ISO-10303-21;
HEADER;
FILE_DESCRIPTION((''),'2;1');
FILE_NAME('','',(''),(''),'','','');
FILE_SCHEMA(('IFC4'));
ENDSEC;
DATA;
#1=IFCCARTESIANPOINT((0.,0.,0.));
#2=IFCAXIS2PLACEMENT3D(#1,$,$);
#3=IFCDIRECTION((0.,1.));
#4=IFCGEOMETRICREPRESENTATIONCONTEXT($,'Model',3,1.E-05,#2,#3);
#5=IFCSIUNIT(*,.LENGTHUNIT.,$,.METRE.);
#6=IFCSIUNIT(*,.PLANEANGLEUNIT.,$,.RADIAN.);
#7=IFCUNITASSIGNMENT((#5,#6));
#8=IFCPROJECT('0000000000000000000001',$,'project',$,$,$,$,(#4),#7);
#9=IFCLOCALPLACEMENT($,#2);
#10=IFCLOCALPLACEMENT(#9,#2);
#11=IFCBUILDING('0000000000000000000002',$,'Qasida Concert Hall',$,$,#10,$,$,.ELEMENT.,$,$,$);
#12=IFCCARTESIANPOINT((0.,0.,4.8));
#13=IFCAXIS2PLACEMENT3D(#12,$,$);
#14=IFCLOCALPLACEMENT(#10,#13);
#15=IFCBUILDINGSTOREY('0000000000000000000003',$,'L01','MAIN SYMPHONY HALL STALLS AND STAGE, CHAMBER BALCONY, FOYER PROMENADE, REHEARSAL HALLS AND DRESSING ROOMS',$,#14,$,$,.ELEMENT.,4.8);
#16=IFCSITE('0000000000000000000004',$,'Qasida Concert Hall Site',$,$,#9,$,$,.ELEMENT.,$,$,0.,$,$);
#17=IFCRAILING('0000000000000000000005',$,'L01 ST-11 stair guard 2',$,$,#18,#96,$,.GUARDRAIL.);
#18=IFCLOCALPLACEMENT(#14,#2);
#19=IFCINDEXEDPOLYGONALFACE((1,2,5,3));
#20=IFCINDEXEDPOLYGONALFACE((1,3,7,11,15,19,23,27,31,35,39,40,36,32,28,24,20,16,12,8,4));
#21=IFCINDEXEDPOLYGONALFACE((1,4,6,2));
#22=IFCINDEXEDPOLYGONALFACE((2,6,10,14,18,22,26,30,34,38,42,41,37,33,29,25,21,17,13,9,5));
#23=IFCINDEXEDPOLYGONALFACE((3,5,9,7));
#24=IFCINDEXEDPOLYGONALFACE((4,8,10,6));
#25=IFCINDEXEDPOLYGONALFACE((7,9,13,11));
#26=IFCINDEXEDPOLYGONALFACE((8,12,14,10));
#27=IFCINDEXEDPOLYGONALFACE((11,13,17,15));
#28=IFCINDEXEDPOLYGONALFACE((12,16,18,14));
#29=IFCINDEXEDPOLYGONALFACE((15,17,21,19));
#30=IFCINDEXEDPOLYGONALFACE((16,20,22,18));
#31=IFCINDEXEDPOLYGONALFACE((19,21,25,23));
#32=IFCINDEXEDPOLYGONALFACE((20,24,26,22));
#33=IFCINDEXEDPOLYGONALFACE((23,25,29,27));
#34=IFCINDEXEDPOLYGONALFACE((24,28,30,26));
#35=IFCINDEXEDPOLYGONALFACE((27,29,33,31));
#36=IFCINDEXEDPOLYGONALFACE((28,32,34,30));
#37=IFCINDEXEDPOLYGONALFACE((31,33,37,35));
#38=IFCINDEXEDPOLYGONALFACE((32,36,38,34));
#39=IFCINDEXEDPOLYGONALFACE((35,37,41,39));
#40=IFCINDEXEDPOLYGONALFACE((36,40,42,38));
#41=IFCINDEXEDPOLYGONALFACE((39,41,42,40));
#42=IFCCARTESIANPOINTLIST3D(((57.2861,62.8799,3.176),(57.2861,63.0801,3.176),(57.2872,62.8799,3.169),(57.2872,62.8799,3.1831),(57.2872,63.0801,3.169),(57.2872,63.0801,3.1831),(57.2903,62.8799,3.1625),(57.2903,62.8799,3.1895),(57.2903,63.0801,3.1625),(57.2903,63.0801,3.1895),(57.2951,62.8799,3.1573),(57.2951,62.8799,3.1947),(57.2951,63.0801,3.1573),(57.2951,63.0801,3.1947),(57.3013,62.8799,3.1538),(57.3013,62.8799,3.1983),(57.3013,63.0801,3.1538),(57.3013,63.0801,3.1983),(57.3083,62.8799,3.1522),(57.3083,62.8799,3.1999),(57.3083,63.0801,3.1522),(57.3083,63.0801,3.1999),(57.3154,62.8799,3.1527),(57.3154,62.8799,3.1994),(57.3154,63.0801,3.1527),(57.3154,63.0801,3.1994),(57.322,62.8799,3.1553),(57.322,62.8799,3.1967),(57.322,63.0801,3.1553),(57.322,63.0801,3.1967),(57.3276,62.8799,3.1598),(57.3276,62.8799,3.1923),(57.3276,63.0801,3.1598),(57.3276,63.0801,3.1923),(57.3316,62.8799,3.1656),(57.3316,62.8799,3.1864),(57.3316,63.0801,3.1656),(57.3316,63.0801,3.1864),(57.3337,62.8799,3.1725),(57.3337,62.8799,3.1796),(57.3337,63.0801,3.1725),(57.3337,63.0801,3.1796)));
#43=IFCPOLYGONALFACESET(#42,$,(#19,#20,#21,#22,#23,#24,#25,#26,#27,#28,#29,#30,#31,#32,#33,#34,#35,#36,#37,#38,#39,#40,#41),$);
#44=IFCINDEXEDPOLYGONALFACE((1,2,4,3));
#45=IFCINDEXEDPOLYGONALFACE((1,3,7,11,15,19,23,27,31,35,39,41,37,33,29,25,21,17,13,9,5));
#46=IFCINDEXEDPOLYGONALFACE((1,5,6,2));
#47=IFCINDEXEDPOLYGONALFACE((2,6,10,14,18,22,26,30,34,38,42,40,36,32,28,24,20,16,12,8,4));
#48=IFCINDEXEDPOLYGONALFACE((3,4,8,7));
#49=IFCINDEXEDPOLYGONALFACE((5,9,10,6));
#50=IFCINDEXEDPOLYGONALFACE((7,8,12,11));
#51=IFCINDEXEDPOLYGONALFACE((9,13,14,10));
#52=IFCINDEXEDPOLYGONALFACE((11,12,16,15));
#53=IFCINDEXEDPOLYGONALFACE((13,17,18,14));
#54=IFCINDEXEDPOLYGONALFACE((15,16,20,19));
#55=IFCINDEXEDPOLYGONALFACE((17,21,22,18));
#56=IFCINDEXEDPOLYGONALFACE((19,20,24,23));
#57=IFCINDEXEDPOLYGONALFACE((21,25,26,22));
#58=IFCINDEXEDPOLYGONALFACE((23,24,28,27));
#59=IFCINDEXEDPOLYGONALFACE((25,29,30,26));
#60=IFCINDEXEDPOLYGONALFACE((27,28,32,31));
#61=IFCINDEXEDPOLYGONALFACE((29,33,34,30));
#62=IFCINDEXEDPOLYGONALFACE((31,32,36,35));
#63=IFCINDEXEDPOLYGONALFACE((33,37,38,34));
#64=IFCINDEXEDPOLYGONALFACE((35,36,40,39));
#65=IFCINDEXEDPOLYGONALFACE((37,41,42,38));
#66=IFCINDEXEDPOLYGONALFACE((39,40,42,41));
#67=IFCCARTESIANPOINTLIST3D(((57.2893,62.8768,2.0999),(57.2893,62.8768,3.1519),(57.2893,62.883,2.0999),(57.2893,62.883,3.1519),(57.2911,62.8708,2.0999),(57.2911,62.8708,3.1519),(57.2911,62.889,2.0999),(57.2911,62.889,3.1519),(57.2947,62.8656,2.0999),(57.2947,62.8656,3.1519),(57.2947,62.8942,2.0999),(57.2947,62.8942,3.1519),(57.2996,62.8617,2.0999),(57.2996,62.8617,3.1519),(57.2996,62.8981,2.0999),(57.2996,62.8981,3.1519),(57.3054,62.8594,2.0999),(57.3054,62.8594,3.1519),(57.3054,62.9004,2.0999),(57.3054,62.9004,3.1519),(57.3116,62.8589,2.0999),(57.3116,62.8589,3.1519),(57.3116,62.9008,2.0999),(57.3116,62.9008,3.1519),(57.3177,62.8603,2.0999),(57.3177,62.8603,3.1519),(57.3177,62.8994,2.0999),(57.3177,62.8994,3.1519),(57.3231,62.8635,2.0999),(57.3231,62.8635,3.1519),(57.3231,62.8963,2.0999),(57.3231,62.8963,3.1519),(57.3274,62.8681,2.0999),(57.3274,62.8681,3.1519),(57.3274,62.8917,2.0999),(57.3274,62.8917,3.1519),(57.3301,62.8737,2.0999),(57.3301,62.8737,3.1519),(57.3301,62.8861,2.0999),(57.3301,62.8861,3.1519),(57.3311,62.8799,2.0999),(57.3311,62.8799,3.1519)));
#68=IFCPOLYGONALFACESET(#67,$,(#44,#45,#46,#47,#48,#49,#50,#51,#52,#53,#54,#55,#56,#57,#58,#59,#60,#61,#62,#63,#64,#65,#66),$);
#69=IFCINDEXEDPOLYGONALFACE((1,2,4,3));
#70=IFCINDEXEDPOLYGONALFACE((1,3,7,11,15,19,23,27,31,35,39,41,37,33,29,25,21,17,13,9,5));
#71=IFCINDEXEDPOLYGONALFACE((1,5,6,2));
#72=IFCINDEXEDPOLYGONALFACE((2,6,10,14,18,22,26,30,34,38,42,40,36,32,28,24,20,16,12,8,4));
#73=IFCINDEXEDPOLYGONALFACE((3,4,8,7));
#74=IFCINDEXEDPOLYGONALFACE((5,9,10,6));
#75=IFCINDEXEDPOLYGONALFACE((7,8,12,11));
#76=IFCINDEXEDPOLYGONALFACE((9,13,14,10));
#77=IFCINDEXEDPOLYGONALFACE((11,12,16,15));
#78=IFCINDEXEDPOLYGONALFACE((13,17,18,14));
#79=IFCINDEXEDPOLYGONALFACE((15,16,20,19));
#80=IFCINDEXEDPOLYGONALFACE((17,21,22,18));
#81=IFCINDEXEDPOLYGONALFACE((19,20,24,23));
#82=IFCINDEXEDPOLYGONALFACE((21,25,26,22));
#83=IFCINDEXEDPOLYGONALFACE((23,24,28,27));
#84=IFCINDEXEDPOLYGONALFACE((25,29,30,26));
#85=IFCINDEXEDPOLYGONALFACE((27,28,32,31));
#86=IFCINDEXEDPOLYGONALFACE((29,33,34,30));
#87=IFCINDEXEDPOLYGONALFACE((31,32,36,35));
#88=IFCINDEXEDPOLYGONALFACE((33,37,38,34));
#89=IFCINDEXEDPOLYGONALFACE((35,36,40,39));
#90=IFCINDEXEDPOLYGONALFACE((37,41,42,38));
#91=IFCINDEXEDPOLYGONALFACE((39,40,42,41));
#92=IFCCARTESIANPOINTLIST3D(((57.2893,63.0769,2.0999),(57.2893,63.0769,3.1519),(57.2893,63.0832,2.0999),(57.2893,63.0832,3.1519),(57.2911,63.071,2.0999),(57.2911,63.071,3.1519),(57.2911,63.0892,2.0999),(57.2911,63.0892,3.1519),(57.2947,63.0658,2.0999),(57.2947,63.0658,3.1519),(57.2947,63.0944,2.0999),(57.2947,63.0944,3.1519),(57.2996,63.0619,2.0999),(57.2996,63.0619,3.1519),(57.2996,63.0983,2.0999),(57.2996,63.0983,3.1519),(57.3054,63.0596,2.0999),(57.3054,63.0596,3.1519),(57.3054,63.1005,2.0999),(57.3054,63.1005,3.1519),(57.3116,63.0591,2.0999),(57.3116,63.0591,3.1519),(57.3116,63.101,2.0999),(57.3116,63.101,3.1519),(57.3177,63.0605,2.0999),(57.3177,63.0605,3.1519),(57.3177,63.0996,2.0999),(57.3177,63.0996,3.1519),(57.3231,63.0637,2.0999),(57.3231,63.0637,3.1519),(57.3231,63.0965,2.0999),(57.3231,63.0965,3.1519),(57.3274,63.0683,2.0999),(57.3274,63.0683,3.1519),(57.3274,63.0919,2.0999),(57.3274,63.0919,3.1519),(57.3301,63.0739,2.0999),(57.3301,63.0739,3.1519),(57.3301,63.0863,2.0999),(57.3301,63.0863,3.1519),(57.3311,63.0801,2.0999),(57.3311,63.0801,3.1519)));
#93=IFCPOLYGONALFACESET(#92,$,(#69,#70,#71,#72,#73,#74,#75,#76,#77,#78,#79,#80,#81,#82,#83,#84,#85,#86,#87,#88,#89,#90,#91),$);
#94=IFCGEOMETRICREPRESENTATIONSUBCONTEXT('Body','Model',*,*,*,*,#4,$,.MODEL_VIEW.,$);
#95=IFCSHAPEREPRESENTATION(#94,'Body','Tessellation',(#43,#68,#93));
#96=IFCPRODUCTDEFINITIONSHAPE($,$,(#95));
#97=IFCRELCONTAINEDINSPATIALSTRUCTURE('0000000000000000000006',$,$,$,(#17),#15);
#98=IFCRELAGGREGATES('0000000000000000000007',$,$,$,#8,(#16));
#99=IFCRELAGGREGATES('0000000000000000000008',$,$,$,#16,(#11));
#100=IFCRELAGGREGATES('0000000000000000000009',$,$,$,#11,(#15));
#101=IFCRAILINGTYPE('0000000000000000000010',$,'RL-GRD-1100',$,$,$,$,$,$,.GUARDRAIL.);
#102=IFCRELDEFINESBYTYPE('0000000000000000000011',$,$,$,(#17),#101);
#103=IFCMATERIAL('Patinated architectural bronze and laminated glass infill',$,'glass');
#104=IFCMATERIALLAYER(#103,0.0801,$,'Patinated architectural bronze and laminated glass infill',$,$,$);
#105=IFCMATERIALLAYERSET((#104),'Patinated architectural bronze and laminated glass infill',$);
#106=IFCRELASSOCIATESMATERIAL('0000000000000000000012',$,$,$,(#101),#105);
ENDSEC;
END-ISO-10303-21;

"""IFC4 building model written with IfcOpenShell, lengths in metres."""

from ifc_helpers import new_model, si_unit, direction, frame, origin, origin_2d, place, context, subcontext, project, spatial, circle, extrude, material, layer, layer_set, type_object, element, save


model = new_model("IFC4")

# Units and contexts
model_context = context("Model", 3, precision=1e-05, world=origin(), true_north=direction((0.0, 1.0)))
body_context = subcontext(model_context, "Body", "Model", "MODEL_VIEW")
ifc_project = project(units=[si_unit("LENGTHUNIT", "METRE"), si_unit("PLANEANGLEUNIT", "RADIAN")], contexts=[model_context])

# Site, building, storey
site_placement = place(None, origin())
site = spatial("IfcSite", under=ifc_project, at=site_placement, Name="Qasida Concert Hall Site", CompositionType="ELEMENT", RefElevation=0.0)
building_placement = place(site_placement, origin())
building = spatial("IfcBuilding", under=site, at=building_placement, Name="Qasida Concert Hall", CompositionType="ELEMENT")
storey_placement = place(building_placement, frame((0.0, 0.0, 4.8)))
storey = spatial("IfcBuildingStorey", under=building, at=storey_placement, Name="L01", Description="MAIN SYMPHONY HALL STALLS AND STAGE, CHAMBER BALCONY, FOYER PROMENADE, REHEARSAL HALLS AND DRESSING ROOMS", CompositionType="ELEMENT", Elevation=4.8)

# Railing
ifc_material_1 = material(Name="Patinated architectural bronze and laminated glass infill", Category="glass")
ifc_layer_1 = layer(ifc_material_1, 0.0801, Name="Patinated architectural bronze and laminated glass infill")
ifc_layer_set_1 = layer_set([ifc_layer_1], Name="Patinated architectural bronze and laminated glass infill")
railing_type_1 = type_object("IfcRailingType", Name="RL-GRD-1100", PredefinedType="GUARDRAIL", material=ifc_layer_set_1)
railing_1_placement = place(storey_placement, frame((57.3101, 62.8799, 2.0999)))
element("IfcRailing", 1, at=railing_1_placement, inside=storey, type_object=railing_type_1, Name="L01 ST-11 stair guard 2", PredefinedType="GUARDRAIL", context=body_context, shape_type="SweptSolid", body=[
    extrude(circle(Radius=0.0239, at=origin_2d()), frame((0.0, 0.0, 1.0762), z_axis=(0.0, 1.0, 0.0), x_axis=(-1.0, 0.0, 0.0)), (0.0, 0.0, 1.0), 0.2002),
    extrude(circle(Radius=0.021, at=origin_2d()), origin(), (0.0, 0.0, 1.0), 1.052),
    extrude(circle(Radius=0.021, at=origin_2d()), frame((0.0, 0.2002, 0.0)), (0.0, 0.0, 1.0), 1.052),
])

save(model, "model.ifc")
